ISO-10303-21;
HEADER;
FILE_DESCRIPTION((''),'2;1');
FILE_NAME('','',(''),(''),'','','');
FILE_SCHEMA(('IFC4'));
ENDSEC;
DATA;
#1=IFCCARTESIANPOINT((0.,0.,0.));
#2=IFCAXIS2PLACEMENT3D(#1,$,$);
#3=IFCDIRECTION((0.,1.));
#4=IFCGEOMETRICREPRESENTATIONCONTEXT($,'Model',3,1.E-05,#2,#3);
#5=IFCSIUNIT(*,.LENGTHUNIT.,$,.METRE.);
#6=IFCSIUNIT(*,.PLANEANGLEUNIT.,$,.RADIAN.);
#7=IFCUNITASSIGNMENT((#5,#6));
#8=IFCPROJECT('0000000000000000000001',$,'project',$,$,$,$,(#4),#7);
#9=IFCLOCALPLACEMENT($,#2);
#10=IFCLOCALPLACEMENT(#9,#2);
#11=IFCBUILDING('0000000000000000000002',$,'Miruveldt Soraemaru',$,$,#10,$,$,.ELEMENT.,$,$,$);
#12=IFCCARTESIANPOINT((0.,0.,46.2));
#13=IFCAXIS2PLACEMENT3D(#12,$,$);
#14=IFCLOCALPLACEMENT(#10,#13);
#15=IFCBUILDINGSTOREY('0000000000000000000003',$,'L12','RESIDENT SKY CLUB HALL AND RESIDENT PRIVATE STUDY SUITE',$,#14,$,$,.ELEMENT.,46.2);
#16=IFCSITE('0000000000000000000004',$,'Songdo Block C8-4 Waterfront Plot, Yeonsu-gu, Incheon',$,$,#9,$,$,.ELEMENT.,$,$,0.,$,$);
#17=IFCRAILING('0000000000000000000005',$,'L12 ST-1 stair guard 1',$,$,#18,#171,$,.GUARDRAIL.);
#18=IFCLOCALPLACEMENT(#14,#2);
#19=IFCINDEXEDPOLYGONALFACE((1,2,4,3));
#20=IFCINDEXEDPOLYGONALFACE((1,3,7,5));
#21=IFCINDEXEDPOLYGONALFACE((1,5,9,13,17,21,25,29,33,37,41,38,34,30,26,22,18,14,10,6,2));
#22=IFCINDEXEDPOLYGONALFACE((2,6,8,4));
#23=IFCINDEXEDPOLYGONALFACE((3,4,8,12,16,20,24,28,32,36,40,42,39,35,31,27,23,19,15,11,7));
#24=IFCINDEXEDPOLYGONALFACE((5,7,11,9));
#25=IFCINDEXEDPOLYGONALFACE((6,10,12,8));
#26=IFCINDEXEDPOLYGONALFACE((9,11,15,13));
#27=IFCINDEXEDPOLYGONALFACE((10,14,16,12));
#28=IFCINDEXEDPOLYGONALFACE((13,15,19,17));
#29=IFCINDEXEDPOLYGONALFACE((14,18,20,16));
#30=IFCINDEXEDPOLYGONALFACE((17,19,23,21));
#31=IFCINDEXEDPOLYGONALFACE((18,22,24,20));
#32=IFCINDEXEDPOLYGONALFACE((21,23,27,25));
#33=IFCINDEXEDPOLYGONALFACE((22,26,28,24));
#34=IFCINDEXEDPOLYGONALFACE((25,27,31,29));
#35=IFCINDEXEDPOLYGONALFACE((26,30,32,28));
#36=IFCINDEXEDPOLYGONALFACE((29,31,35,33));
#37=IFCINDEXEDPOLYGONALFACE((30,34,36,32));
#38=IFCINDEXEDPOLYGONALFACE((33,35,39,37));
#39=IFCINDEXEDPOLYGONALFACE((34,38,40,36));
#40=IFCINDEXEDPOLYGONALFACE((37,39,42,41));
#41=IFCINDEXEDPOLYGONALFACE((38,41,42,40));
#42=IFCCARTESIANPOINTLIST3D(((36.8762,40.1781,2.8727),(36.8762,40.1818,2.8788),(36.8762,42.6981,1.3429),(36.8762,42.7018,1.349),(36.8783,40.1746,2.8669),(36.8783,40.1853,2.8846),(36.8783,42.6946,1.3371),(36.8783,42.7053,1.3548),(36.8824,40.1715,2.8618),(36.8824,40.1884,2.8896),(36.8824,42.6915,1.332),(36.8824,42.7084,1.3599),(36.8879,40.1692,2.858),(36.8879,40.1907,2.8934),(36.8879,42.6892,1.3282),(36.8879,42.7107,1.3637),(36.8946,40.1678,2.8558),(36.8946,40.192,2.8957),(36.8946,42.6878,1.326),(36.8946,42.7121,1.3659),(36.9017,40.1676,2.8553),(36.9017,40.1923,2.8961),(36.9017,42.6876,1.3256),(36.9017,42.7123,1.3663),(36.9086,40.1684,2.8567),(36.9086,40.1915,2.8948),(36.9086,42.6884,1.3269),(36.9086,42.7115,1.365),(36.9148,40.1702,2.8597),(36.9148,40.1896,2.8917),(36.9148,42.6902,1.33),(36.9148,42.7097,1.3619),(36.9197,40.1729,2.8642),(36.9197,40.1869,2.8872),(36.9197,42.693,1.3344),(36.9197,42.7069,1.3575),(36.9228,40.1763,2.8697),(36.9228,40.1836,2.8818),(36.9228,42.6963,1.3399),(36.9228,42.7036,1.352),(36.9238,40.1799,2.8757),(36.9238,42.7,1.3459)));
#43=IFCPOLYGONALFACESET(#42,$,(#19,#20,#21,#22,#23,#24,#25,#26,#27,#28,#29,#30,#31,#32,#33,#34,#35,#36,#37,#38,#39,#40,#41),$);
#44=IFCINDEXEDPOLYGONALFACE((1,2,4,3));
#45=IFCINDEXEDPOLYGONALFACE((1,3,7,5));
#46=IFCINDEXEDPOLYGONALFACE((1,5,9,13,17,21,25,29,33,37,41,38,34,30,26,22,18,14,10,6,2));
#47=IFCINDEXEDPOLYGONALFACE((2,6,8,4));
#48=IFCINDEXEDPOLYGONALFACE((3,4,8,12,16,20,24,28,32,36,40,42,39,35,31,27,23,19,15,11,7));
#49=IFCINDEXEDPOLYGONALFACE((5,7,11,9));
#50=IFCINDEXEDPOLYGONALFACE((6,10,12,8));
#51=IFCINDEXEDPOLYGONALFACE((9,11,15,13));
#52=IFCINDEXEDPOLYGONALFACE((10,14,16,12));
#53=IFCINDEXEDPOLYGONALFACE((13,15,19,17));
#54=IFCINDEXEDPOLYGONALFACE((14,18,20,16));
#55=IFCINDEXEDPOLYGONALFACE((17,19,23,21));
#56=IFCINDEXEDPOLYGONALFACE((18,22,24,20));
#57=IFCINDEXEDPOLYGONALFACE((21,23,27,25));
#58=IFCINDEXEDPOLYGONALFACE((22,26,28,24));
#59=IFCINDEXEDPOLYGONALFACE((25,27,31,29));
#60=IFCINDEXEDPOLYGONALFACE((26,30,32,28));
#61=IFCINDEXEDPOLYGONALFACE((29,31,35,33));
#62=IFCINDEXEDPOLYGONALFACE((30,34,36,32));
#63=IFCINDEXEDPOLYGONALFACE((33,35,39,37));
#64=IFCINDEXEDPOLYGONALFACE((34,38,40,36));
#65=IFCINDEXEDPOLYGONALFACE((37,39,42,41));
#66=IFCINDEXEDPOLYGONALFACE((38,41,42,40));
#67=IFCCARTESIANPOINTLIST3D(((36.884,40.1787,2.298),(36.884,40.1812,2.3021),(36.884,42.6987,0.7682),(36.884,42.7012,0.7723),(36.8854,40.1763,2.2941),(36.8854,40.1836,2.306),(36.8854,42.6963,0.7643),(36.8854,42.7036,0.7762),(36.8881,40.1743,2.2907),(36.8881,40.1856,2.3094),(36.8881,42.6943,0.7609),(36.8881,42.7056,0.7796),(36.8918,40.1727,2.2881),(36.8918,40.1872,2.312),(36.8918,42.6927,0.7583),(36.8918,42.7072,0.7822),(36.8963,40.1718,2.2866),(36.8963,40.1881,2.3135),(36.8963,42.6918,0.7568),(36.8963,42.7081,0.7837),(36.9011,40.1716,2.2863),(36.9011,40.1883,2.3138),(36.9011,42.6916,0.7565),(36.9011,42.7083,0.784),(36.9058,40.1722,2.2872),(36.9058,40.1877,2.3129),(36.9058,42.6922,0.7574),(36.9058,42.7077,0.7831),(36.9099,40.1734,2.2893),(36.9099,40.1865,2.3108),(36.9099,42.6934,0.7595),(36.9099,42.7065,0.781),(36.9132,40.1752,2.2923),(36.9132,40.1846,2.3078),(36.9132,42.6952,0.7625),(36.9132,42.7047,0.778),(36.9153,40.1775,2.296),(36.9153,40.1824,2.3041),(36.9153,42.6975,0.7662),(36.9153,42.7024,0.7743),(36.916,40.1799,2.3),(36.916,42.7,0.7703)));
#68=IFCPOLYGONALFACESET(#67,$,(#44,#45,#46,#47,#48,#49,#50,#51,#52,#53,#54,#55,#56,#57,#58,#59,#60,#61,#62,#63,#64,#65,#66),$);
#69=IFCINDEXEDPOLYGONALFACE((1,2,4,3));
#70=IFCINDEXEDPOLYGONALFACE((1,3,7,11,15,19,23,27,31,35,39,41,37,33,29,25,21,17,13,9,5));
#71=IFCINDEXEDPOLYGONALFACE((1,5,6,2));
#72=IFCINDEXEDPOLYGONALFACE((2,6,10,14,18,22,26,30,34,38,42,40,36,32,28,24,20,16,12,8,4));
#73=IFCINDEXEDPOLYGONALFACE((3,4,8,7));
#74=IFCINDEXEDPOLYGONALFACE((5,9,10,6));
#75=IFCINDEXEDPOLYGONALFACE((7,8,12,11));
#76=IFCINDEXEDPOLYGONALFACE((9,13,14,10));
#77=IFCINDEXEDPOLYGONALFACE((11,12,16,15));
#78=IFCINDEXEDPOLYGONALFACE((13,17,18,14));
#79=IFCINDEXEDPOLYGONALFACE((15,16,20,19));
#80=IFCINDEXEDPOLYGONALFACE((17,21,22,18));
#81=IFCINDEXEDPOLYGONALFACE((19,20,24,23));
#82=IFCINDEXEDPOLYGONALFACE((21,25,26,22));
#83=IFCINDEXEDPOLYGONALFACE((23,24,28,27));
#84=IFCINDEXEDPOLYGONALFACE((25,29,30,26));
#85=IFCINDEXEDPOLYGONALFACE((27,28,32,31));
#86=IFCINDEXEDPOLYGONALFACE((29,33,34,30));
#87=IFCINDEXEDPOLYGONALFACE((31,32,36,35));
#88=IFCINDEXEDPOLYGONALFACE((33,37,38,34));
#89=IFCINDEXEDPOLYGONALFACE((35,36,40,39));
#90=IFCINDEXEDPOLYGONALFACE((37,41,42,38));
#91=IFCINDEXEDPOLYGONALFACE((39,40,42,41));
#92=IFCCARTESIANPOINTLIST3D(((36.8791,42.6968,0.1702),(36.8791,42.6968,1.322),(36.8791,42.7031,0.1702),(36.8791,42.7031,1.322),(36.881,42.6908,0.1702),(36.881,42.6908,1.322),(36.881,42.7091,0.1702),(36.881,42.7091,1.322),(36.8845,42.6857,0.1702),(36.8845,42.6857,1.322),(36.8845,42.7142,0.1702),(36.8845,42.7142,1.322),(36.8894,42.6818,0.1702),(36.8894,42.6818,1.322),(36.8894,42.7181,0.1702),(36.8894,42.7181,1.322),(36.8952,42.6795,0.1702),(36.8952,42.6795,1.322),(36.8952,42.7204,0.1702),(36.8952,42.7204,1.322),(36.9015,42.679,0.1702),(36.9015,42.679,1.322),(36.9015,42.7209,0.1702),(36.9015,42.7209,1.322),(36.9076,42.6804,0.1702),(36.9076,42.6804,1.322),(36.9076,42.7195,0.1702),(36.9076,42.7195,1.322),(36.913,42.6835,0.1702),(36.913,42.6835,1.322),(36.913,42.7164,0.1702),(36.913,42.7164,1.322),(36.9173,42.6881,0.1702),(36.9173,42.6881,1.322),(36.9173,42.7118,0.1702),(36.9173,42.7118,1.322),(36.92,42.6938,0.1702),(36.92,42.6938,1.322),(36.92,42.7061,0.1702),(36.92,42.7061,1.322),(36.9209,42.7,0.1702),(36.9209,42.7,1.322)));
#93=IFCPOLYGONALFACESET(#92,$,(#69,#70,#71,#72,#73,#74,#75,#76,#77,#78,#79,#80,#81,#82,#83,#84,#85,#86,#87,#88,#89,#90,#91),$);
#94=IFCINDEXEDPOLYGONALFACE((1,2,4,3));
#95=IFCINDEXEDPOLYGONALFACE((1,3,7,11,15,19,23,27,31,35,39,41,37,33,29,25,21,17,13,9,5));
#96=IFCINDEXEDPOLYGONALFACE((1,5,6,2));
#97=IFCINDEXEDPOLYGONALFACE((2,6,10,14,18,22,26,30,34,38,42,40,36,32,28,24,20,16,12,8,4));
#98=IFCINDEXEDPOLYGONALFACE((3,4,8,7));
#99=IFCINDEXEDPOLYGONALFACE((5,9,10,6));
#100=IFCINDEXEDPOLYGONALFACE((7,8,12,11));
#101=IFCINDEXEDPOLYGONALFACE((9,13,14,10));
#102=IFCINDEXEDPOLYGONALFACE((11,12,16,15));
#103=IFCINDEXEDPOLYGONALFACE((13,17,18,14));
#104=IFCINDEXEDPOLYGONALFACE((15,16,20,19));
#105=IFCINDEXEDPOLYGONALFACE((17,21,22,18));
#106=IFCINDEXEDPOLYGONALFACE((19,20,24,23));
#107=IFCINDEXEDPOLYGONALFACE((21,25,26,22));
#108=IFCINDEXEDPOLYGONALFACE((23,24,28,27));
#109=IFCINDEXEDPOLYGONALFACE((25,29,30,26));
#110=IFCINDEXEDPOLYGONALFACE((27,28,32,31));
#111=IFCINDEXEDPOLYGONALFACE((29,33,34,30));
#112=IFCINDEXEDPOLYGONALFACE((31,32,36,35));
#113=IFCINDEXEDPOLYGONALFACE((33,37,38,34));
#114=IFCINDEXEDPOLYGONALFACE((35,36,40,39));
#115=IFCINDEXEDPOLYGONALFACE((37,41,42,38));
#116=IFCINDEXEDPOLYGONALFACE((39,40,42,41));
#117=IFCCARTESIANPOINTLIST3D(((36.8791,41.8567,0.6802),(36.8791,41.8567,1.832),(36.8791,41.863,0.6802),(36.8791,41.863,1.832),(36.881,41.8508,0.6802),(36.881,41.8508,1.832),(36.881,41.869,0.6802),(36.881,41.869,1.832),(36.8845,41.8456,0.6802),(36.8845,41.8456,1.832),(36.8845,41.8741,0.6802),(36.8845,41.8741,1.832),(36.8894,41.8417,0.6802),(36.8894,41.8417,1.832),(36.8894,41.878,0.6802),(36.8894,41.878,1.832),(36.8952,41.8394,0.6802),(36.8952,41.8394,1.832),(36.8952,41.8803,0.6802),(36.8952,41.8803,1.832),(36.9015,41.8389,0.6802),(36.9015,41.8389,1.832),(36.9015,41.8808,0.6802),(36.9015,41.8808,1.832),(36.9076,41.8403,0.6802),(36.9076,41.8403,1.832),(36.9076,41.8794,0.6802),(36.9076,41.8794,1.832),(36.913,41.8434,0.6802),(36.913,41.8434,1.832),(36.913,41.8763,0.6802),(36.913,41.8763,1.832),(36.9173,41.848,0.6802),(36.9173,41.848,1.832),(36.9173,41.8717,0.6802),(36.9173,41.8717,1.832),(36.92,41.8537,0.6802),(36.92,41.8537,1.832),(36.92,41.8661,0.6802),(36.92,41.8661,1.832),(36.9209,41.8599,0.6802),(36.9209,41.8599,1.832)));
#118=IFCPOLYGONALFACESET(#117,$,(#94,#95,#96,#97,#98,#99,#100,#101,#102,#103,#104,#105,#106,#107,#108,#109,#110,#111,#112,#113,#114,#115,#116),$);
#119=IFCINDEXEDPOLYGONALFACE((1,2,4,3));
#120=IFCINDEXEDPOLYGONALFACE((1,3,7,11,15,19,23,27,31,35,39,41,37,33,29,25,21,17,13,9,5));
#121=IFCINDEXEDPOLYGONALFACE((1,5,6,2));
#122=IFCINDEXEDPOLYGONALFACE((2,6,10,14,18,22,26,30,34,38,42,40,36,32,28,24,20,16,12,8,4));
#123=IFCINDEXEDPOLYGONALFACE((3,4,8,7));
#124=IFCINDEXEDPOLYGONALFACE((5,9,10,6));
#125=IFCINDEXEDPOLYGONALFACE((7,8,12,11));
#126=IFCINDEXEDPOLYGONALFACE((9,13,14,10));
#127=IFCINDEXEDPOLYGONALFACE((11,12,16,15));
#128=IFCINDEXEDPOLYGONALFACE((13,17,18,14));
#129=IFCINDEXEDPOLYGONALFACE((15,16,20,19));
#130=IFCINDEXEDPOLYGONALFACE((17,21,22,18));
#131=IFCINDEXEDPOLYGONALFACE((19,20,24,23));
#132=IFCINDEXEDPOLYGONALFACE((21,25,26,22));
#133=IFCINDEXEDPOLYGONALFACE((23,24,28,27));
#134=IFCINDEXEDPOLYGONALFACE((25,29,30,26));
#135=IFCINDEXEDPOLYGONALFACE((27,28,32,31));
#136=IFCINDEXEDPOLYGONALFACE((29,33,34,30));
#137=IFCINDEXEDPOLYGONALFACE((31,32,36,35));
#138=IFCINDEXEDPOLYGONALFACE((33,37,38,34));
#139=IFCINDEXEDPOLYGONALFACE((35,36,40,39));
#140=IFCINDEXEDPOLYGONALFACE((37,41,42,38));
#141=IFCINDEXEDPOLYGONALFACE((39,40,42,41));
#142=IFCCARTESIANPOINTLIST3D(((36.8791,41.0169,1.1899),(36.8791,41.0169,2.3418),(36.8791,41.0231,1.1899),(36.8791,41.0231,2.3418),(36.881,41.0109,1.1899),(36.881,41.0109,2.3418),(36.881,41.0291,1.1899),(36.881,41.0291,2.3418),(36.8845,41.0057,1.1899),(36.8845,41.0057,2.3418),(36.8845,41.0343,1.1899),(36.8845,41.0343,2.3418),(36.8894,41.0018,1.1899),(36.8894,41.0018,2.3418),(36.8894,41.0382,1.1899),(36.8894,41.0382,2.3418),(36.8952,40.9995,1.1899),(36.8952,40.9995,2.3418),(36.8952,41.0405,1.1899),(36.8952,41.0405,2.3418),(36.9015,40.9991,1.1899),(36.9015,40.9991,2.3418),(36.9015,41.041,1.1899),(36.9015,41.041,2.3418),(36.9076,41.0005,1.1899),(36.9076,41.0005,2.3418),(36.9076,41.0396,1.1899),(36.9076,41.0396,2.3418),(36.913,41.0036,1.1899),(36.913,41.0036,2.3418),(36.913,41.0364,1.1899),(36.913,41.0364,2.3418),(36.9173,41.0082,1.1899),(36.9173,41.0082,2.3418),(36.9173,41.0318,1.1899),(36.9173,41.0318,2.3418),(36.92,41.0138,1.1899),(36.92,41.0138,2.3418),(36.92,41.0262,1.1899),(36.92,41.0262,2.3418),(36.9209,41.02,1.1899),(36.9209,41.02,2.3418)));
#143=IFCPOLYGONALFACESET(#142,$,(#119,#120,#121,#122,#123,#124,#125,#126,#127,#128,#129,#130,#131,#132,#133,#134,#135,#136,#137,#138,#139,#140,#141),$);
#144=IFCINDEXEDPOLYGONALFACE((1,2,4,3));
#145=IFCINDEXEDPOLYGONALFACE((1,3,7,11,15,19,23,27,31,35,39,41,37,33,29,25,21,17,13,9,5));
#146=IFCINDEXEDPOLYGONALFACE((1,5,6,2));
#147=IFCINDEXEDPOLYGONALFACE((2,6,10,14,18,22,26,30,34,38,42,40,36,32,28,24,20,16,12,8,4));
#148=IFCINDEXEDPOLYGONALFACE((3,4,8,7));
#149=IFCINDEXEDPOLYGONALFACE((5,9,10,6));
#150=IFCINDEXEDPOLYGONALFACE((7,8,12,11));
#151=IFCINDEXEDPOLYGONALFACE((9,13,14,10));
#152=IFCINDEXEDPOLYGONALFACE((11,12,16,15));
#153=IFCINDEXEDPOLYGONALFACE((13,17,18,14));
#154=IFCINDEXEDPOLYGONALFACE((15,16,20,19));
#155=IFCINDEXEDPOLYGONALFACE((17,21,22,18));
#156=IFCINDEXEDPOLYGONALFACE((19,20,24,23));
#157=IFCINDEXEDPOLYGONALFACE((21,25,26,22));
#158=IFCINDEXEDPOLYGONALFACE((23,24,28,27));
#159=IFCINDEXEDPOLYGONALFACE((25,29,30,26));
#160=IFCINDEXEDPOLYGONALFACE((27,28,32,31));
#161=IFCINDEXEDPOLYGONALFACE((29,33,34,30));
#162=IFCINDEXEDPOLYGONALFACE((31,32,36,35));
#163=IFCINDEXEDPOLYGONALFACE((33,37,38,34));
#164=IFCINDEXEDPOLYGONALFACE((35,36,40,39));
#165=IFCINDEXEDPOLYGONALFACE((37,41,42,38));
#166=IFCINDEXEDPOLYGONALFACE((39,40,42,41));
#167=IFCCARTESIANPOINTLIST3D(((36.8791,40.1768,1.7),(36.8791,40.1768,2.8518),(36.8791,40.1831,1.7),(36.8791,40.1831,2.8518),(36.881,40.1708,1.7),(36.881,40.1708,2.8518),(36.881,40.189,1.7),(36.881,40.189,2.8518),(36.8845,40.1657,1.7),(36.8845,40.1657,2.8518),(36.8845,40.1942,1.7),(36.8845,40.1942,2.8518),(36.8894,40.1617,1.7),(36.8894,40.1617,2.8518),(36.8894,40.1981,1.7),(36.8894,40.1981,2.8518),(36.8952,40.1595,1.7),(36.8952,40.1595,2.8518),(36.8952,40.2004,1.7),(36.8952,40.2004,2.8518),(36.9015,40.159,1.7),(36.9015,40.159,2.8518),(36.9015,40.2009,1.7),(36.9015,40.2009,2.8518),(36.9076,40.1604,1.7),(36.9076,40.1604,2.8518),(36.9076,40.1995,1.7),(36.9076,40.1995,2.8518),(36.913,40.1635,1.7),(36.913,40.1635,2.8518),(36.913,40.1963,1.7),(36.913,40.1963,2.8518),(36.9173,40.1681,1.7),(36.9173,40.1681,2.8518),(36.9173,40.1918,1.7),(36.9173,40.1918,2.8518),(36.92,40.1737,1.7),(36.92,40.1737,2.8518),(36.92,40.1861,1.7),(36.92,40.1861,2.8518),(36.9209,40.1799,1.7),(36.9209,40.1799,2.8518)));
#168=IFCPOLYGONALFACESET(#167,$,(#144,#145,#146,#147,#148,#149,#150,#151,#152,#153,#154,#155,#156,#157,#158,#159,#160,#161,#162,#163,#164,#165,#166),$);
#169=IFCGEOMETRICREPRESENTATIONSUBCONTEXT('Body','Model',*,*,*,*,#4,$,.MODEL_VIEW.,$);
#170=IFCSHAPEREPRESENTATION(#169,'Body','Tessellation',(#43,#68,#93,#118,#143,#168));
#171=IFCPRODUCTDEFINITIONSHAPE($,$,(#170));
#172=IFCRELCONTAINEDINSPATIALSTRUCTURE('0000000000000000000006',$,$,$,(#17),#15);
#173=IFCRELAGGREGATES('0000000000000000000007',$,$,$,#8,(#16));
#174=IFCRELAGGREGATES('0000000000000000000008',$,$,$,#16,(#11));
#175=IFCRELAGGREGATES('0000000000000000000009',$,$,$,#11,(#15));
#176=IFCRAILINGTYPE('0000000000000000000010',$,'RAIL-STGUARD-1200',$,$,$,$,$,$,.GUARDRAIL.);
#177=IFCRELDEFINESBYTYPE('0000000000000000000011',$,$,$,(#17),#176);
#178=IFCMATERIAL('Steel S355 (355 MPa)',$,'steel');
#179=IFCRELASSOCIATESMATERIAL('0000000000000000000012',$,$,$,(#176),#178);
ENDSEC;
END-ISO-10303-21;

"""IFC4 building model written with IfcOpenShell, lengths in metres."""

from ifc_helpers import new_model, si_unit, direction, frame, origin, origin_2d, place, context, subcontext, project, spatial, circle, extrude, material, type_object, element, save


model = new_model("IFC4")

# Units and contexts
model_context = context("Model", 3, precision=1e-05, world=origin(), true_north=direction((0.0, 1.0)))
body_context = subcontext(model_context, "Body", "Model", "MODEL_VIEW")
ifc_project = project(units=[si_unit("LENGTHUNIT", "METRE"), si_unit("PLANEANGLEUNIT", "RADIAN")], contexts=[model_context])

# Site, building, storey
site_placement = place(None, origin())
site = spatial("IfcSite", under=ifc_project, at=site_placement, Name="Songdo Block C8-4 Waterfront Plot, Yeonsu-gu, Incheon", CompositionType="ELEMENT", RefElevation=0.0)
building_placement = place(site_placement, origin())
building = spatial("IfcBuilding", under=site, at=building_placement, Name="Miruveldt Soraemaru", CompositionType="ELEMENT")
storey_placement = place(building_placement, frame((0.0, 0.0, 46.2)))
storey = spatial("IfcBuildingStorey", under=building, at=storey_placement, Name="L12", Description="RESIDENT SKY CLUB HALL AND RESIDENT PRIVATE STUDY SUITE", CompositionType="ELEMENT", Elevation=46.2)

# Railing
ifc_material_1 = material(Name="Steel S355 (355 MPa)", Category="steel")
railing_type_1 = type_object("IfcRailingType", Name="RAIL-STGUARD-1200", PredefinedType="GUARDRAIL", material=ifc_material_1)
railing_1_placement = place(storey_placement, frame((36.8999, 42.7, 0.1702)))
element("IfcRailing", 1, at=railing_1_placement, inside=storey, type_object=railing_type_1, Name="L12 ST-1 stair guard 1", PredefinedType="GUARDRAIL", context=body_context, shape_type="SweptSolid", body=[
    extrude(circle(Radius=0.0239, at=origin_2d()), frame((0.0, 0.0, 1.1758), z_axis=(0.0, -0.854822, 0.518922), x_axis=(1.0, 0.0, 0.0)), (0.0, 0.0, 1.0), 2.948),
    extrude(circle(Radius=0.0161, at=origin_2d()), frame((0.0, 0.0, 0.6001), z_axis=(0.0, -0.854822, 0.518922), x_axis=(1.0, 0.0, 0.0)), (0.0, 0.0, 1.0), 2.948),
    extrude(circle(Radius=0.021, at=origin_2d()), origin(), (0.0, 0.0, 1.0), 1.1519),
    extrude(circle(Radius=0.021, at=origin_2d()), frame((0.0, -0.8401, 0.51)), (0.0, 0.0, 1.0), 1.1519),
    extrude(circle(Radius=0.021, at=origin_2d()), frame((0.0, -1.6799, 1.0198)), (0.0, 0.0, 1.0), 1.1519),
    extrude(circle(Radius=0.021, at=origin_2d()), frame((0.0, -2.52, 1.5298)), (0.0, 0.0, 1.0), 1.1519),
])

save(model, "model.ifc")
